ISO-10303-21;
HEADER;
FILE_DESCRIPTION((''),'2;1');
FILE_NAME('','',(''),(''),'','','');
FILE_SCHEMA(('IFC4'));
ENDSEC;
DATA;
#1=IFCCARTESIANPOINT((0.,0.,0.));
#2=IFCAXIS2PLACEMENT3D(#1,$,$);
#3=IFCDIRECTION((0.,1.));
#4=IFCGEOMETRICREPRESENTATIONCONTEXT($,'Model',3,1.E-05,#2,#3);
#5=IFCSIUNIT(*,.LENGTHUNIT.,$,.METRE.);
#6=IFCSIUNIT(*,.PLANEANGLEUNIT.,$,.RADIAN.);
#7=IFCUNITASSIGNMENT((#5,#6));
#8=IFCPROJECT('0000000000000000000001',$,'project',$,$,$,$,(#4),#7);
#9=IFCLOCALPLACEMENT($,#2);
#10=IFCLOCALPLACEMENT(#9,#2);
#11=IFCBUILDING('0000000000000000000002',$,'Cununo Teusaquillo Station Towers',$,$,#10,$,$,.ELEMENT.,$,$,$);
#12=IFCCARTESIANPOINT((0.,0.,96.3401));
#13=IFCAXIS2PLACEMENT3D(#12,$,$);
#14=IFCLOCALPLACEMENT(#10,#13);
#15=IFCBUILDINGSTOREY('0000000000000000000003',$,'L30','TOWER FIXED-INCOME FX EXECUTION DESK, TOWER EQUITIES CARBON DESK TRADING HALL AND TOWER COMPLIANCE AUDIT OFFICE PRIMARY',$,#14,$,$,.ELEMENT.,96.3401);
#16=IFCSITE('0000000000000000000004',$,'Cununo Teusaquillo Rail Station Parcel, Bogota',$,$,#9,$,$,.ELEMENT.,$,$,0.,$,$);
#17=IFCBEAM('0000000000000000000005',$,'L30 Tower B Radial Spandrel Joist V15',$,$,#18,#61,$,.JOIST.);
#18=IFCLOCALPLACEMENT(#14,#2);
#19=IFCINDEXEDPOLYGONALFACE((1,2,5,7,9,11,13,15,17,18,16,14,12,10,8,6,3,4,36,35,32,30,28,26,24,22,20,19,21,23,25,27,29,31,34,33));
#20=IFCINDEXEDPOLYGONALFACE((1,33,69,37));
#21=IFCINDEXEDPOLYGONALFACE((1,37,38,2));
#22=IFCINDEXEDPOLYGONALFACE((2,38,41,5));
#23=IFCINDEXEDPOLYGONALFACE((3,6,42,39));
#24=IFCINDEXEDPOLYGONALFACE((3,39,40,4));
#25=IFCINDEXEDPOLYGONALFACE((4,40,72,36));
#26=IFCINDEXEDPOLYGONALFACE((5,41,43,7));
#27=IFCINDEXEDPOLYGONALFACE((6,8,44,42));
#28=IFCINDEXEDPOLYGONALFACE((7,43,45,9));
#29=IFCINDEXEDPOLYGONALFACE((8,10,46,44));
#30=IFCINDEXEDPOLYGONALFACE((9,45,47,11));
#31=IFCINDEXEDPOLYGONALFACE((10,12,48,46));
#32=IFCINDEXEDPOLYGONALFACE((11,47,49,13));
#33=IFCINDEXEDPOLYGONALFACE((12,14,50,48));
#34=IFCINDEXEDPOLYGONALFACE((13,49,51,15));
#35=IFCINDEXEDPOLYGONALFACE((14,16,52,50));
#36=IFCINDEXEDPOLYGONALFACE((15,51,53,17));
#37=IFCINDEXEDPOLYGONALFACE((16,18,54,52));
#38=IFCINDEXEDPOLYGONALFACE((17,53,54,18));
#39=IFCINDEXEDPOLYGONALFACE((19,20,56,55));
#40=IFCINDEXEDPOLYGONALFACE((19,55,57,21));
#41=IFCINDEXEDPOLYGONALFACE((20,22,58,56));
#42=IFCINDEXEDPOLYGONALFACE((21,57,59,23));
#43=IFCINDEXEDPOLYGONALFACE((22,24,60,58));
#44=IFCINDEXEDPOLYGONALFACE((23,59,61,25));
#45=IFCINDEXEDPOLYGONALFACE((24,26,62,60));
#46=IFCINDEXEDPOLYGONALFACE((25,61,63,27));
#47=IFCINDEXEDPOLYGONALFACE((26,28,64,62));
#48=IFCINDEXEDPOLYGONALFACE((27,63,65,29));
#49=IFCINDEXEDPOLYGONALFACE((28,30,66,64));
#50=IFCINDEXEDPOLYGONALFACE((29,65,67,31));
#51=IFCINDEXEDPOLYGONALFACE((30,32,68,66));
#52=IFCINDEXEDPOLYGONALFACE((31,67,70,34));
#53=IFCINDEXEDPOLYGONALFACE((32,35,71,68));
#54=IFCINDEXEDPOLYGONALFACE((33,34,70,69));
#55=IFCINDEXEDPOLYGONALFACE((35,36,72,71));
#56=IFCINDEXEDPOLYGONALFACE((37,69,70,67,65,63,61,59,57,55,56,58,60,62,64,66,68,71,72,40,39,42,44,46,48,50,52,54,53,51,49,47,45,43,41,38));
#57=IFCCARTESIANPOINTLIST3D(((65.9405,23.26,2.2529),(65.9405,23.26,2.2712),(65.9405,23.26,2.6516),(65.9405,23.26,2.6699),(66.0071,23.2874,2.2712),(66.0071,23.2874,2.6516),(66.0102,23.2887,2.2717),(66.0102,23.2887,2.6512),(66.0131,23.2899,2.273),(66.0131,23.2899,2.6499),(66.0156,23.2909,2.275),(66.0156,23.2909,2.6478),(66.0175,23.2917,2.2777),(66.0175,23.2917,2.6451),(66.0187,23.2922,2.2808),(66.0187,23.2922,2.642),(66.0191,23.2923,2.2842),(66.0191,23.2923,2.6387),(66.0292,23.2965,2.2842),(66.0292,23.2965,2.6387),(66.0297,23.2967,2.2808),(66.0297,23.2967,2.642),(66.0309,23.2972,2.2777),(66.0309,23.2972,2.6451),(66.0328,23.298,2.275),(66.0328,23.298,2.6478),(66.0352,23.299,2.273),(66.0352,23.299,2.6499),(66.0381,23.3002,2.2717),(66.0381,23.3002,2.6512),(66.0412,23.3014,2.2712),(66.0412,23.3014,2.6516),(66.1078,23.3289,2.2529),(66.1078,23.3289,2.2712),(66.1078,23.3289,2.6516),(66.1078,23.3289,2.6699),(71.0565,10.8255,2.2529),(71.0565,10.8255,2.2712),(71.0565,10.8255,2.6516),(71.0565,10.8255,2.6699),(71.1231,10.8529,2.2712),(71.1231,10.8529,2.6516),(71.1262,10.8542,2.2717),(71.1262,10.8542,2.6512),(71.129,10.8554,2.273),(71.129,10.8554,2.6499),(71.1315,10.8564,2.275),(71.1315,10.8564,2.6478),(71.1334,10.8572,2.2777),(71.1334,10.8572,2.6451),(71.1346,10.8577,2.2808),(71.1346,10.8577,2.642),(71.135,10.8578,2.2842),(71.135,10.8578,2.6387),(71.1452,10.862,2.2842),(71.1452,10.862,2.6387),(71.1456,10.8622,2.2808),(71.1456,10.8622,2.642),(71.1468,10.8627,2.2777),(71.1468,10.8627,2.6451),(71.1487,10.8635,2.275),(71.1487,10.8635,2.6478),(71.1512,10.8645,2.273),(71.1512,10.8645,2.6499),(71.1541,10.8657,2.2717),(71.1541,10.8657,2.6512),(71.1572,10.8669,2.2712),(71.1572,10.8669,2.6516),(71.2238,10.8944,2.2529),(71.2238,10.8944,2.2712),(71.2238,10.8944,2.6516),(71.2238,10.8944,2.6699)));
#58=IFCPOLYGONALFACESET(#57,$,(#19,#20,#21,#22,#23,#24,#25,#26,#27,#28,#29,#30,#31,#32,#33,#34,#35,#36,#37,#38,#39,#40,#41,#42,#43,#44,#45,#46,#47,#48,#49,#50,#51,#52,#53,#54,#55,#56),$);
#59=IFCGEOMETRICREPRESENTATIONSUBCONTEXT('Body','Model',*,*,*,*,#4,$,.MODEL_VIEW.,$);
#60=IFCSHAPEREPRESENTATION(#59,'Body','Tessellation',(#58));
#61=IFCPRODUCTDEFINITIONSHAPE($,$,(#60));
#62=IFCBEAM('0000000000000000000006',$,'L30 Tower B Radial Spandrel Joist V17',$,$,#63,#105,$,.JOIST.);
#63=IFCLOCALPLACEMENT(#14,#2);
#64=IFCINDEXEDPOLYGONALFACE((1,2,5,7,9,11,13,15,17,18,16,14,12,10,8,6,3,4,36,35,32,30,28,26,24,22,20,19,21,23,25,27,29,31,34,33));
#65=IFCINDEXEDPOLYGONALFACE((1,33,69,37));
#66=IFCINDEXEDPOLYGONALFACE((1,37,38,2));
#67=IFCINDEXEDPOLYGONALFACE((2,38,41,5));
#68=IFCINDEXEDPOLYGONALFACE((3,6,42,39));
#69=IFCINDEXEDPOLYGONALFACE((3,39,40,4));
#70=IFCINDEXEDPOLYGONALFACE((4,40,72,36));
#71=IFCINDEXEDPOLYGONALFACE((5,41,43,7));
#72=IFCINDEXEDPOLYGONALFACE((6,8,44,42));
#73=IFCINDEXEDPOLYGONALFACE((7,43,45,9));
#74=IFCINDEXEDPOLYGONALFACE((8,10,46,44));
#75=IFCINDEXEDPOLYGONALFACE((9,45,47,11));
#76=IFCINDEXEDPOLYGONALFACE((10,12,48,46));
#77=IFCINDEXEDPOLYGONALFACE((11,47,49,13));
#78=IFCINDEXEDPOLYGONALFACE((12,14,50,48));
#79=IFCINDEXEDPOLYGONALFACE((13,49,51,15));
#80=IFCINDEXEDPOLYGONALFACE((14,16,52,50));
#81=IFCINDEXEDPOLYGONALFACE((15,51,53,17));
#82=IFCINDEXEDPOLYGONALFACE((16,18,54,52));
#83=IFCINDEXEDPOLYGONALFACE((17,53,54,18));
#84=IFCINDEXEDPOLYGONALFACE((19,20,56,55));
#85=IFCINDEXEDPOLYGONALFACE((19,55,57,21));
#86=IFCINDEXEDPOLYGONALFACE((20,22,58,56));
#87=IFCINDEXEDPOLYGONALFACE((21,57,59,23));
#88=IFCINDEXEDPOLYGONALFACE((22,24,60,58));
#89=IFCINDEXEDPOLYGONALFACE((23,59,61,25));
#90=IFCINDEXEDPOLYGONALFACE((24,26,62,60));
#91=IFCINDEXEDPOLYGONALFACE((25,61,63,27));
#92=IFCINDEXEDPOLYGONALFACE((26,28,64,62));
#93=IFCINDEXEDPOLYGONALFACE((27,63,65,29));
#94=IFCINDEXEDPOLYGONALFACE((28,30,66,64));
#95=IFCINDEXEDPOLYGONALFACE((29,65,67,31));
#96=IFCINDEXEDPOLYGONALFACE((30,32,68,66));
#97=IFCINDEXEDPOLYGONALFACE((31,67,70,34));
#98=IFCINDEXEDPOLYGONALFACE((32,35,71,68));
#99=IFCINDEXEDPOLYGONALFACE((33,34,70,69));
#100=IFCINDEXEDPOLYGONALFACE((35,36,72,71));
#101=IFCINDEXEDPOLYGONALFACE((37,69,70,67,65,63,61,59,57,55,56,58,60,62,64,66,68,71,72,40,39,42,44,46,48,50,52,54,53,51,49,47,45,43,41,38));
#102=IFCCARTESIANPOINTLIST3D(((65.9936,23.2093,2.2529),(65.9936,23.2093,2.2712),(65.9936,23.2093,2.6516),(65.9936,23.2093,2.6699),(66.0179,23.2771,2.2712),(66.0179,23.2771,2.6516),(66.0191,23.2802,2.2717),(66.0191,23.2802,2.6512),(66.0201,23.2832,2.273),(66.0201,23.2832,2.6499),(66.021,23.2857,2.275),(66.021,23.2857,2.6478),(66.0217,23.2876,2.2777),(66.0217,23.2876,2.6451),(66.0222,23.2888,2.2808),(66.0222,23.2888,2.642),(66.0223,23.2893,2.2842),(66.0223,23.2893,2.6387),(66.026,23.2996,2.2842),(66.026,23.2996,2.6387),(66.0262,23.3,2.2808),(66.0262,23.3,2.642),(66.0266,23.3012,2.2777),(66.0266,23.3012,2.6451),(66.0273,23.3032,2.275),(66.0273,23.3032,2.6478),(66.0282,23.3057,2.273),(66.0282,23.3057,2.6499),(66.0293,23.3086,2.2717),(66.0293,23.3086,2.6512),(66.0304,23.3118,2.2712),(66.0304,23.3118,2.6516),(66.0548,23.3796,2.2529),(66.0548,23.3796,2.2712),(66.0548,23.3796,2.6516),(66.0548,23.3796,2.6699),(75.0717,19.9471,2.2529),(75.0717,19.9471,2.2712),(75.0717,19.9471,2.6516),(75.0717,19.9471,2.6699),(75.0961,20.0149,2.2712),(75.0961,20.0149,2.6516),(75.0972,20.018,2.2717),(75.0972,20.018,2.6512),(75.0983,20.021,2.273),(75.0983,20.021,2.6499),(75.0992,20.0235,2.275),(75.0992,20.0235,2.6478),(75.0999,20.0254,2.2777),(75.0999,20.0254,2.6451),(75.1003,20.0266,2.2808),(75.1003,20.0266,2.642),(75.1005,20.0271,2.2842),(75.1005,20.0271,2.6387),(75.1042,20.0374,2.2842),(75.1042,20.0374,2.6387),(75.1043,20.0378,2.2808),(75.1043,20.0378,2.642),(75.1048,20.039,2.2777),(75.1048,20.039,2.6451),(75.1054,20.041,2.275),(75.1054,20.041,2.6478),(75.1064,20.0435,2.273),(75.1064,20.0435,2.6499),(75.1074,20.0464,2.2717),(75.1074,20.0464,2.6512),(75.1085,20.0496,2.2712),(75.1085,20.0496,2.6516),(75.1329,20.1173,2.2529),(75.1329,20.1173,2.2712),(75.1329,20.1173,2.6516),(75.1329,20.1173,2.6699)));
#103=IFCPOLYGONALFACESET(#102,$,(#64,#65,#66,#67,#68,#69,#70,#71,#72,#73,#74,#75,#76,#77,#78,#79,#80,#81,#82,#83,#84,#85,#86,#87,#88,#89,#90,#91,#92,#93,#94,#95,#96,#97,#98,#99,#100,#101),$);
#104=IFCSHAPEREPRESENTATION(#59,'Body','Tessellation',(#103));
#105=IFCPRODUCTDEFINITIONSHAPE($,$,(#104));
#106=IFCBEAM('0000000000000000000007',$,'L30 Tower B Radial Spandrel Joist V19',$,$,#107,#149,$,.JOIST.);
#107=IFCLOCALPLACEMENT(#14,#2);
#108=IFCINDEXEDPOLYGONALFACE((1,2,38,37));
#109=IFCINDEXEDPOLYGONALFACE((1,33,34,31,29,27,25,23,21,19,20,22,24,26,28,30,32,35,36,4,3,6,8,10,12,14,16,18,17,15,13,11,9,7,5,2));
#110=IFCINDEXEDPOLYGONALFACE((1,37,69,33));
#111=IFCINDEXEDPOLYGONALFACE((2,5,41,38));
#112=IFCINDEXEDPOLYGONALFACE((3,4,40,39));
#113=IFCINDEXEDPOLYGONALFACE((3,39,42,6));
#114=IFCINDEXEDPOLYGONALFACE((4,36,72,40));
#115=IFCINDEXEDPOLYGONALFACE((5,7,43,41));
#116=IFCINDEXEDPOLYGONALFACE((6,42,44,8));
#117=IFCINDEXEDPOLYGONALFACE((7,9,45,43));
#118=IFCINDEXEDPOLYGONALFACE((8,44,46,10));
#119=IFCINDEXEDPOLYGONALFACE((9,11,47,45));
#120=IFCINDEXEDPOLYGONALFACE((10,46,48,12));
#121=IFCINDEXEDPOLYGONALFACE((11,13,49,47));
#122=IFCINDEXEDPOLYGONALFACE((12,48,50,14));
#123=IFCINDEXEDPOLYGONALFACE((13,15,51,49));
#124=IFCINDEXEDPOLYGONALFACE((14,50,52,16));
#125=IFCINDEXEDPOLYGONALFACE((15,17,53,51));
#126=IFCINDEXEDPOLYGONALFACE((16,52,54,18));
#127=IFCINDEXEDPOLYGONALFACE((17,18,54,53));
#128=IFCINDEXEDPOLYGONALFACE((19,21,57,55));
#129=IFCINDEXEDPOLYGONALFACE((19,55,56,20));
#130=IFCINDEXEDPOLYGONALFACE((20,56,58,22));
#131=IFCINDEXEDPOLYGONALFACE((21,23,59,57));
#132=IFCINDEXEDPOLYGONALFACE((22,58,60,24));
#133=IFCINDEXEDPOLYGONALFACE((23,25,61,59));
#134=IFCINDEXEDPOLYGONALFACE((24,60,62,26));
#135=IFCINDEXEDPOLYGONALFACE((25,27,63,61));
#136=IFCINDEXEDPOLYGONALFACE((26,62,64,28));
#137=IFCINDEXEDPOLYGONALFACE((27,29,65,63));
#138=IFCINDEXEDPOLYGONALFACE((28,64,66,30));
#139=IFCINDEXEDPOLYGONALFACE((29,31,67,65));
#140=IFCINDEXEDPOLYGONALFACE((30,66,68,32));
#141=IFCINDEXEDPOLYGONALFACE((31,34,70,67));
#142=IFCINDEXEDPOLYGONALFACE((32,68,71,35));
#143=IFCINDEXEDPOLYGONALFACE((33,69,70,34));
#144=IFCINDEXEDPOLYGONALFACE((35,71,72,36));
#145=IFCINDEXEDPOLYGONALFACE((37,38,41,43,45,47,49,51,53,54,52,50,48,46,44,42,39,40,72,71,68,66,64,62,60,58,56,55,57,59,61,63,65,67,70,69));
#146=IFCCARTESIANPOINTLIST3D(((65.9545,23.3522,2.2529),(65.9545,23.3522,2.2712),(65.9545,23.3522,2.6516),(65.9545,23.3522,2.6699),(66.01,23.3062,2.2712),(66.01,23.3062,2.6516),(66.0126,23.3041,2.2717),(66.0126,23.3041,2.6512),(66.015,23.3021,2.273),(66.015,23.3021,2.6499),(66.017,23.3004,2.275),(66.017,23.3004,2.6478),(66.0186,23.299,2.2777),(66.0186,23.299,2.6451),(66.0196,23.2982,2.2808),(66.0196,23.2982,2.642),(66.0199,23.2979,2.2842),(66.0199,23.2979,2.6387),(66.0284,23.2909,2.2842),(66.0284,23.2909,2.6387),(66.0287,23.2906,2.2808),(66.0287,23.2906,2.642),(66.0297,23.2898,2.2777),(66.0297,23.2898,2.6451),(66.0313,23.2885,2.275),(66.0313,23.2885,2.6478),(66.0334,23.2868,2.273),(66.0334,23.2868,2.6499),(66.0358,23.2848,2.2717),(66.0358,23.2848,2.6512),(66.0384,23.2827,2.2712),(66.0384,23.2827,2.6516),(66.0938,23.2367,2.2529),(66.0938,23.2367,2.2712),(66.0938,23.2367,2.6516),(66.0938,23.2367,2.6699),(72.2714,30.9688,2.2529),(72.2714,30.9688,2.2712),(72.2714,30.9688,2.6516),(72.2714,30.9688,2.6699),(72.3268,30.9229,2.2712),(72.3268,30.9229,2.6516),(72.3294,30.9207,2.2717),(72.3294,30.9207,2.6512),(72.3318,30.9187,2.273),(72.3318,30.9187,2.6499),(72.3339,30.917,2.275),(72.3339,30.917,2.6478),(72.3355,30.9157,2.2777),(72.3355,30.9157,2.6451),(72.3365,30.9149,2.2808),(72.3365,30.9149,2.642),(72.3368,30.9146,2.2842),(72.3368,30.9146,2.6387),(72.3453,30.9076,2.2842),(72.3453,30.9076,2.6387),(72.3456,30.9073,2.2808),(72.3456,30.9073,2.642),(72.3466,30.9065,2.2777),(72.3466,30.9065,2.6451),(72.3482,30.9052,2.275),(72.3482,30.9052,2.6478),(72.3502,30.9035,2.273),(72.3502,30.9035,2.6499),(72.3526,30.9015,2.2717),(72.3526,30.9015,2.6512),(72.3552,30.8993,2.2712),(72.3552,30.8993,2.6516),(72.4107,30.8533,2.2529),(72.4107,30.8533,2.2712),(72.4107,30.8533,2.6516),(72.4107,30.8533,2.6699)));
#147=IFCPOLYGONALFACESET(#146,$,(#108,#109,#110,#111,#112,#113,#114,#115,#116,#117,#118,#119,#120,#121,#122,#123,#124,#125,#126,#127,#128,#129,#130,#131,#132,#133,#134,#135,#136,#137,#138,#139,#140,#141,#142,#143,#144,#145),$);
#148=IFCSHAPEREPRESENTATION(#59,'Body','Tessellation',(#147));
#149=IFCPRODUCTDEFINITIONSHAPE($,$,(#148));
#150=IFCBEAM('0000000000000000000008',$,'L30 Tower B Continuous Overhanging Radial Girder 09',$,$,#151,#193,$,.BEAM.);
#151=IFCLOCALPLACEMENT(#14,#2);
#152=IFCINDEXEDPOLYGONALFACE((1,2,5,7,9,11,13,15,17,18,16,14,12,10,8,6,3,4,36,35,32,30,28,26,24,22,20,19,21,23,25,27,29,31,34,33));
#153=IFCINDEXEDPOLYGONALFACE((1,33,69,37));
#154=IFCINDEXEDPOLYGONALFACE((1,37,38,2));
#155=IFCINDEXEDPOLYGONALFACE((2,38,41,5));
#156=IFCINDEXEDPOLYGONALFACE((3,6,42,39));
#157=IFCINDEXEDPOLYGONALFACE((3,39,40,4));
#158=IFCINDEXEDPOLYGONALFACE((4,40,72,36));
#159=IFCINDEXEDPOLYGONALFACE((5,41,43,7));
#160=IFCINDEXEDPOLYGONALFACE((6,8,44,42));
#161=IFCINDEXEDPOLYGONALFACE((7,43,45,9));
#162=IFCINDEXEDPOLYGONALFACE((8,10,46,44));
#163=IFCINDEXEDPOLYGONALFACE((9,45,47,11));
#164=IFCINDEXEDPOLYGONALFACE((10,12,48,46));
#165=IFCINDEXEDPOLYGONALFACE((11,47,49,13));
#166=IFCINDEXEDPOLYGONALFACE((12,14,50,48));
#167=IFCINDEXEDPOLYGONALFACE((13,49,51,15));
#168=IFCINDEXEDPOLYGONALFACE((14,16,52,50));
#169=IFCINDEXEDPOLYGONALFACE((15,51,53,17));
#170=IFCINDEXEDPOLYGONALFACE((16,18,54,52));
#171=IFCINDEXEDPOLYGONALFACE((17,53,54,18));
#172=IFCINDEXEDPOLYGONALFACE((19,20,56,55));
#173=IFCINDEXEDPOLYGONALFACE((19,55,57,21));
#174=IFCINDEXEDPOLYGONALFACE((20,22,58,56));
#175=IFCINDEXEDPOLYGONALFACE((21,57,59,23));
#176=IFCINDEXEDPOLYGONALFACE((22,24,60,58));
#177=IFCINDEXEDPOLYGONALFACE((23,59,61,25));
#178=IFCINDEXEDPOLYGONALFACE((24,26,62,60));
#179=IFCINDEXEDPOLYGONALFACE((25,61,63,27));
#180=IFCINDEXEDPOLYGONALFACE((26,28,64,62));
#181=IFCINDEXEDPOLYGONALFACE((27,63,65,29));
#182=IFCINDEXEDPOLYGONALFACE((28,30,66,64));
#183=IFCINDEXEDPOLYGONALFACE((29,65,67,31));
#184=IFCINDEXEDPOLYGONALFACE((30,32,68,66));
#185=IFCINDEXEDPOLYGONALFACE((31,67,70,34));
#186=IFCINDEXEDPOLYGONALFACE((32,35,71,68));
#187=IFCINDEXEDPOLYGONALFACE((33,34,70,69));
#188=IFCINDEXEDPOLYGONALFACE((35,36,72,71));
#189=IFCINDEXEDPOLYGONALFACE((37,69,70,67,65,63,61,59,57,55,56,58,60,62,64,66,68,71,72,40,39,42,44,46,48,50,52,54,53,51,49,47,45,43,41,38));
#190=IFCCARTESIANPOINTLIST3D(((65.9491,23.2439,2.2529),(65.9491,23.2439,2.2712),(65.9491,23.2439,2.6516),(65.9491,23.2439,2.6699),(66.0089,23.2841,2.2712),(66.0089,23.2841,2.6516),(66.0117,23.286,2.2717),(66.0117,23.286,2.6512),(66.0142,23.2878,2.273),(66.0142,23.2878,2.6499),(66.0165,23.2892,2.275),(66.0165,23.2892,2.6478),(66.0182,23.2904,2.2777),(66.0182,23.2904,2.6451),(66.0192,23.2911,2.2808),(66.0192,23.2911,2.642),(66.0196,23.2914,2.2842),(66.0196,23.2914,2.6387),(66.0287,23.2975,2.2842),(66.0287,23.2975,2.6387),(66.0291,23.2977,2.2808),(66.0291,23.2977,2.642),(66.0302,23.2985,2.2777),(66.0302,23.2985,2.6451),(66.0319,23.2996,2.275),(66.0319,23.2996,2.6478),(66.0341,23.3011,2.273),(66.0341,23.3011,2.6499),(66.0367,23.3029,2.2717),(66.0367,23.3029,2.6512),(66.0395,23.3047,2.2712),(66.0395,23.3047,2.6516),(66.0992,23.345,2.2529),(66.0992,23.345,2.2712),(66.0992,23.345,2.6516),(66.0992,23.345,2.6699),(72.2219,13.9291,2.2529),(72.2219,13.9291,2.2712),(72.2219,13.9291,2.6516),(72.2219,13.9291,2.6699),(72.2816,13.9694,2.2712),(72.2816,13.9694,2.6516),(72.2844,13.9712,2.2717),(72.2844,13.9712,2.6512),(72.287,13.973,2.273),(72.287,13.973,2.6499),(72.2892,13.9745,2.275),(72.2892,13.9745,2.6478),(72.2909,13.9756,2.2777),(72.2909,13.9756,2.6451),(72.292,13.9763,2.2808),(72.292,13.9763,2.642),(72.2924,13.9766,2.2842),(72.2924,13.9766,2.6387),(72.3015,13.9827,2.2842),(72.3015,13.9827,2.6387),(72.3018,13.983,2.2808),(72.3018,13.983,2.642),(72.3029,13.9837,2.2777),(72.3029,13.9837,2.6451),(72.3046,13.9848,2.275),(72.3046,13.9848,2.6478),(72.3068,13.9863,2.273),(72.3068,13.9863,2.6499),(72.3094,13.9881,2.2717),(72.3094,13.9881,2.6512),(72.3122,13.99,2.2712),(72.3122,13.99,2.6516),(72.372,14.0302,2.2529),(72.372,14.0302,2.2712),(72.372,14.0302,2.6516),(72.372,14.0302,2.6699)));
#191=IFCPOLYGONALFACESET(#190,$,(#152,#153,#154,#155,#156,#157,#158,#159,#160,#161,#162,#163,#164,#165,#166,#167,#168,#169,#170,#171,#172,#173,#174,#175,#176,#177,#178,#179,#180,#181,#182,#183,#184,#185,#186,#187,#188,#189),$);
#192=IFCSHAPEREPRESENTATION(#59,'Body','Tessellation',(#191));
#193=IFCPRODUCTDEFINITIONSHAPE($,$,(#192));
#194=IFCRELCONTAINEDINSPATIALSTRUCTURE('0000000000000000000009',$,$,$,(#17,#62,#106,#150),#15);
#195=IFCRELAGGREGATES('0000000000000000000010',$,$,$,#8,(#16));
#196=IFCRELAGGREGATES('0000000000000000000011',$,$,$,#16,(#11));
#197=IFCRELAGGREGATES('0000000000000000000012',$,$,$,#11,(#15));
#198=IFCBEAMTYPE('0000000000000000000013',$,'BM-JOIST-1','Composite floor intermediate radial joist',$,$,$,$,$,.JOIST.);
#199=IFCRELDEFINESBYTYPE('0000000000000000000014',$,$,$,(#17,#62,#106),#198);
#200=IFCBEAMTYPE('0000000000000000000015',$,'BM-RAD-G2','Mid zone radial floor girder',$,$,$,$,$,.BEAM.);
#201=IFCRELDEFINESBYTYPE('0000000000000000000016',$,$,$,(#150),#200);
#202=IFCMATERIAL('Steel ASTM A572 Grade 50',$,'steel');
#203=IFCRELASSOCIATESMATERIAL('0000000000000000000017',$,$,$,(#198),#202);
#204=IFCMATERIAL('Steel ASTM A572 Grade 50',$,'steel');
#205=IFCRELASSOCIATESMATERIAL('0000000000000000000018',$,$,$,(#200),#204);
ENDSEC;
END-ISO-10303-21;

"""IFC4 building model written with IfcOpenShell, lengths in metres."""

from ifc_helpers import new_model, si_unit, direction, frame, origin, origin_2d, place, context, subcontext, project, spatial, i_section, extrude, material, material_profile, profile_set, type_object, element, save


model = new_model("IFC4")

# Units and contexts
model_context = context("Model", 3, precision=1e-05, world=origin(), true_north=direction((0.0, 1.0)))
body_context = subcontext(model_context, "Body", "Model", "MODEL_VIEW")
ifc_project = project(units=[si_unit("LENGTHUNIT", "METRE"), si_unit("PLANEANGLEUNIT", "RADIAN")], contexts=[model_context])

# Site, building, storey
site_placement = place(None, origin())
site = spatial("IfcSite", under=ifc_project, at=site_placement, Name="Cununo Teusaquillo Rail Station Parcel, Bogota", CompositionType="ELEMENT", RefElevation=0.0)
building_placement = place(site_placement, origin())
building = spatial("IfcBuilding", under=site, at=building_placement, Name="Cununo Teusaquillo Station Towers", CompositionType="ELEMENT")
storey_placement = place(building_placement, frame((0.0, 0.0, 96.3401)))
storey = spatial("IfcBuildingStorey", under=building, at=storey_placement, Name="L30", Description="TOWER FIXED-INCOME FX EXECUTION DESK, TOWER EQUITIES CARBON DESK TRADING HALL AND TOWER COMPLIANCE AUDIT OFFICE PRIMARY", CompositionType="ELEMENT", Elevation=96.3401)

# Beams
ifc_material_1 = material(Name="Steel ASTM A572 Grade 50", Category="steel")
ifc_material_profile_1 = material_profile(ifc_material_1, i_section(OverallWidth=0.1809, OverallDepth=0.417, WebThickness=0.011, FlangeThickness=0.0183, FilletRadius=0.0129, at=origin_2d()), Name="W16X57")
ifc_profile_set_1 = profile_set([ifc_material_profile_1], Name="Steel ASTM A572 Grade 50")
beam_type_1 = type_object("IfcBeamType", Name="BM-JOIST-1", Description="Composite floor intermediate radial joist", PredefinedType="JOIST", material=ifc_profile_set_1)
beam_1_placement = place(storey_placement, frame((66.0242, 23.2944, 2.4614), z_axis=(0.380486, -0.924787, 0.0), x_axis=(0.924787, 0.380486, 0.0)))
element("IfcBeam", 1, at=beam_1_placement, inside=storey, type_object=beam_type_1, Name="L30 Tower B Radial Spandrel Joist V15", PredefinedType="JOIST", context=body_context, shape_type="SweptSolid", body=[
    extrude(i_section(OverallWidth=0.1809, OverallDepth=0.417, WebThickness=0.011, FlangeThickness=0.0183, FilletRadius=0.0129, at=origin_2d()), origin(), (0.0, 0.0, 1.0), 13.4458),
])
beam_2_placement = place(storey_placement, frame((66.0242, 23.2944, 2.4614), z_axis=(0.941083, -0.338176, 0.0), x_axis=(0.338176, 0.941083, 0.0)))
element("IfcBeam", 2, at=beam_2_placement, inside=storey, type_object=beam_type_1, Name="L30 Tower B Radial Spandrel Joist V17", PredefinedType="JOIST", context=body_context, shape_type="SweptSolid", body=[
    extrude(i_section(OverallWidth=0.1809, OverallDepth=0.417, WebThickness=0.011, FlangeThickness=0.0183, FilletRadius=0.0129, at=origin_2d()), origin(), (0.0, 0.0, 1.0), 9.6465),
])
beam_3_placement = place(storey_placement, frame((66.0242, 23.2944, 2.4614), z_axis=(0.638372, 0.769728, 0.0), x_axis=(-0.769728, 0.638372, 0.0)))
element("IfcBeam", 3, at=beam_3_placement, inside=storey, type_object=beam_type_1, Name="L30 Tower B Radial Spandrel Joist V19", PredefinedType="JOIST", context=body_context, shape_type="SweptSolid", body=[
    extrude(i_section(OverallWidth=0.1809, OverallDepth=0.417, WebThickness=0.011, FlangeThickness=0.0183, FilletRadius=0.0129, at=origin_2d()), origin(), (0.0, 0.0, 1.0), 9.8953),
])
ifc_material_2 = material(Name="Steel ASTM A572 Grade 50", Category="steel")
ifc_material_profile_2 = material_profile(ifc_material_2, i_section(OverallWidth=0.1809, OverallDepth=0.417, WebThickness=0.011, FlangeThickness=0.0183, FilletRadius=0.0129, at=origin_2d()), Name="W16X57")
ifc_profile_set_2 = profile_set([ifc_material_profile_2], Name="Steel ASTM A572 Grade 50")
beam_type_2 = type_object("IfcBeamType", Name="BM-RAD-G2", Description="Mid zone radial floor girder", PredefinedType="BEAM", material=ifc_profile_set_2)
beam_4_placement = place(storey_placement, frame((66.0242, 23.2944, 2.4614), z_axis=(0.558572, -0.829456, 0.0), x_axis=(0.829456, 0.558572, 0.0)))
element("IfcBeam", 4, at=beam_4_placement, inside=storey, type_object=beam_type_2, Name="L30 Tower B Continuous Overhanging Radial Girder 09", PredefinedType="BEAM", context=body_context, shape_type="SweptSolid", body=[
    extrude(i_section(OverallWidth=0.1809, OverallDepth=0.417, WebThickness=0.011, FlangeThickness=0.0183, FilletRadius=0.0129, at=origin_2d()), origin(), (0.0, 0.0, 1.0), 11.23),
])

save(model, "model.ifc")
